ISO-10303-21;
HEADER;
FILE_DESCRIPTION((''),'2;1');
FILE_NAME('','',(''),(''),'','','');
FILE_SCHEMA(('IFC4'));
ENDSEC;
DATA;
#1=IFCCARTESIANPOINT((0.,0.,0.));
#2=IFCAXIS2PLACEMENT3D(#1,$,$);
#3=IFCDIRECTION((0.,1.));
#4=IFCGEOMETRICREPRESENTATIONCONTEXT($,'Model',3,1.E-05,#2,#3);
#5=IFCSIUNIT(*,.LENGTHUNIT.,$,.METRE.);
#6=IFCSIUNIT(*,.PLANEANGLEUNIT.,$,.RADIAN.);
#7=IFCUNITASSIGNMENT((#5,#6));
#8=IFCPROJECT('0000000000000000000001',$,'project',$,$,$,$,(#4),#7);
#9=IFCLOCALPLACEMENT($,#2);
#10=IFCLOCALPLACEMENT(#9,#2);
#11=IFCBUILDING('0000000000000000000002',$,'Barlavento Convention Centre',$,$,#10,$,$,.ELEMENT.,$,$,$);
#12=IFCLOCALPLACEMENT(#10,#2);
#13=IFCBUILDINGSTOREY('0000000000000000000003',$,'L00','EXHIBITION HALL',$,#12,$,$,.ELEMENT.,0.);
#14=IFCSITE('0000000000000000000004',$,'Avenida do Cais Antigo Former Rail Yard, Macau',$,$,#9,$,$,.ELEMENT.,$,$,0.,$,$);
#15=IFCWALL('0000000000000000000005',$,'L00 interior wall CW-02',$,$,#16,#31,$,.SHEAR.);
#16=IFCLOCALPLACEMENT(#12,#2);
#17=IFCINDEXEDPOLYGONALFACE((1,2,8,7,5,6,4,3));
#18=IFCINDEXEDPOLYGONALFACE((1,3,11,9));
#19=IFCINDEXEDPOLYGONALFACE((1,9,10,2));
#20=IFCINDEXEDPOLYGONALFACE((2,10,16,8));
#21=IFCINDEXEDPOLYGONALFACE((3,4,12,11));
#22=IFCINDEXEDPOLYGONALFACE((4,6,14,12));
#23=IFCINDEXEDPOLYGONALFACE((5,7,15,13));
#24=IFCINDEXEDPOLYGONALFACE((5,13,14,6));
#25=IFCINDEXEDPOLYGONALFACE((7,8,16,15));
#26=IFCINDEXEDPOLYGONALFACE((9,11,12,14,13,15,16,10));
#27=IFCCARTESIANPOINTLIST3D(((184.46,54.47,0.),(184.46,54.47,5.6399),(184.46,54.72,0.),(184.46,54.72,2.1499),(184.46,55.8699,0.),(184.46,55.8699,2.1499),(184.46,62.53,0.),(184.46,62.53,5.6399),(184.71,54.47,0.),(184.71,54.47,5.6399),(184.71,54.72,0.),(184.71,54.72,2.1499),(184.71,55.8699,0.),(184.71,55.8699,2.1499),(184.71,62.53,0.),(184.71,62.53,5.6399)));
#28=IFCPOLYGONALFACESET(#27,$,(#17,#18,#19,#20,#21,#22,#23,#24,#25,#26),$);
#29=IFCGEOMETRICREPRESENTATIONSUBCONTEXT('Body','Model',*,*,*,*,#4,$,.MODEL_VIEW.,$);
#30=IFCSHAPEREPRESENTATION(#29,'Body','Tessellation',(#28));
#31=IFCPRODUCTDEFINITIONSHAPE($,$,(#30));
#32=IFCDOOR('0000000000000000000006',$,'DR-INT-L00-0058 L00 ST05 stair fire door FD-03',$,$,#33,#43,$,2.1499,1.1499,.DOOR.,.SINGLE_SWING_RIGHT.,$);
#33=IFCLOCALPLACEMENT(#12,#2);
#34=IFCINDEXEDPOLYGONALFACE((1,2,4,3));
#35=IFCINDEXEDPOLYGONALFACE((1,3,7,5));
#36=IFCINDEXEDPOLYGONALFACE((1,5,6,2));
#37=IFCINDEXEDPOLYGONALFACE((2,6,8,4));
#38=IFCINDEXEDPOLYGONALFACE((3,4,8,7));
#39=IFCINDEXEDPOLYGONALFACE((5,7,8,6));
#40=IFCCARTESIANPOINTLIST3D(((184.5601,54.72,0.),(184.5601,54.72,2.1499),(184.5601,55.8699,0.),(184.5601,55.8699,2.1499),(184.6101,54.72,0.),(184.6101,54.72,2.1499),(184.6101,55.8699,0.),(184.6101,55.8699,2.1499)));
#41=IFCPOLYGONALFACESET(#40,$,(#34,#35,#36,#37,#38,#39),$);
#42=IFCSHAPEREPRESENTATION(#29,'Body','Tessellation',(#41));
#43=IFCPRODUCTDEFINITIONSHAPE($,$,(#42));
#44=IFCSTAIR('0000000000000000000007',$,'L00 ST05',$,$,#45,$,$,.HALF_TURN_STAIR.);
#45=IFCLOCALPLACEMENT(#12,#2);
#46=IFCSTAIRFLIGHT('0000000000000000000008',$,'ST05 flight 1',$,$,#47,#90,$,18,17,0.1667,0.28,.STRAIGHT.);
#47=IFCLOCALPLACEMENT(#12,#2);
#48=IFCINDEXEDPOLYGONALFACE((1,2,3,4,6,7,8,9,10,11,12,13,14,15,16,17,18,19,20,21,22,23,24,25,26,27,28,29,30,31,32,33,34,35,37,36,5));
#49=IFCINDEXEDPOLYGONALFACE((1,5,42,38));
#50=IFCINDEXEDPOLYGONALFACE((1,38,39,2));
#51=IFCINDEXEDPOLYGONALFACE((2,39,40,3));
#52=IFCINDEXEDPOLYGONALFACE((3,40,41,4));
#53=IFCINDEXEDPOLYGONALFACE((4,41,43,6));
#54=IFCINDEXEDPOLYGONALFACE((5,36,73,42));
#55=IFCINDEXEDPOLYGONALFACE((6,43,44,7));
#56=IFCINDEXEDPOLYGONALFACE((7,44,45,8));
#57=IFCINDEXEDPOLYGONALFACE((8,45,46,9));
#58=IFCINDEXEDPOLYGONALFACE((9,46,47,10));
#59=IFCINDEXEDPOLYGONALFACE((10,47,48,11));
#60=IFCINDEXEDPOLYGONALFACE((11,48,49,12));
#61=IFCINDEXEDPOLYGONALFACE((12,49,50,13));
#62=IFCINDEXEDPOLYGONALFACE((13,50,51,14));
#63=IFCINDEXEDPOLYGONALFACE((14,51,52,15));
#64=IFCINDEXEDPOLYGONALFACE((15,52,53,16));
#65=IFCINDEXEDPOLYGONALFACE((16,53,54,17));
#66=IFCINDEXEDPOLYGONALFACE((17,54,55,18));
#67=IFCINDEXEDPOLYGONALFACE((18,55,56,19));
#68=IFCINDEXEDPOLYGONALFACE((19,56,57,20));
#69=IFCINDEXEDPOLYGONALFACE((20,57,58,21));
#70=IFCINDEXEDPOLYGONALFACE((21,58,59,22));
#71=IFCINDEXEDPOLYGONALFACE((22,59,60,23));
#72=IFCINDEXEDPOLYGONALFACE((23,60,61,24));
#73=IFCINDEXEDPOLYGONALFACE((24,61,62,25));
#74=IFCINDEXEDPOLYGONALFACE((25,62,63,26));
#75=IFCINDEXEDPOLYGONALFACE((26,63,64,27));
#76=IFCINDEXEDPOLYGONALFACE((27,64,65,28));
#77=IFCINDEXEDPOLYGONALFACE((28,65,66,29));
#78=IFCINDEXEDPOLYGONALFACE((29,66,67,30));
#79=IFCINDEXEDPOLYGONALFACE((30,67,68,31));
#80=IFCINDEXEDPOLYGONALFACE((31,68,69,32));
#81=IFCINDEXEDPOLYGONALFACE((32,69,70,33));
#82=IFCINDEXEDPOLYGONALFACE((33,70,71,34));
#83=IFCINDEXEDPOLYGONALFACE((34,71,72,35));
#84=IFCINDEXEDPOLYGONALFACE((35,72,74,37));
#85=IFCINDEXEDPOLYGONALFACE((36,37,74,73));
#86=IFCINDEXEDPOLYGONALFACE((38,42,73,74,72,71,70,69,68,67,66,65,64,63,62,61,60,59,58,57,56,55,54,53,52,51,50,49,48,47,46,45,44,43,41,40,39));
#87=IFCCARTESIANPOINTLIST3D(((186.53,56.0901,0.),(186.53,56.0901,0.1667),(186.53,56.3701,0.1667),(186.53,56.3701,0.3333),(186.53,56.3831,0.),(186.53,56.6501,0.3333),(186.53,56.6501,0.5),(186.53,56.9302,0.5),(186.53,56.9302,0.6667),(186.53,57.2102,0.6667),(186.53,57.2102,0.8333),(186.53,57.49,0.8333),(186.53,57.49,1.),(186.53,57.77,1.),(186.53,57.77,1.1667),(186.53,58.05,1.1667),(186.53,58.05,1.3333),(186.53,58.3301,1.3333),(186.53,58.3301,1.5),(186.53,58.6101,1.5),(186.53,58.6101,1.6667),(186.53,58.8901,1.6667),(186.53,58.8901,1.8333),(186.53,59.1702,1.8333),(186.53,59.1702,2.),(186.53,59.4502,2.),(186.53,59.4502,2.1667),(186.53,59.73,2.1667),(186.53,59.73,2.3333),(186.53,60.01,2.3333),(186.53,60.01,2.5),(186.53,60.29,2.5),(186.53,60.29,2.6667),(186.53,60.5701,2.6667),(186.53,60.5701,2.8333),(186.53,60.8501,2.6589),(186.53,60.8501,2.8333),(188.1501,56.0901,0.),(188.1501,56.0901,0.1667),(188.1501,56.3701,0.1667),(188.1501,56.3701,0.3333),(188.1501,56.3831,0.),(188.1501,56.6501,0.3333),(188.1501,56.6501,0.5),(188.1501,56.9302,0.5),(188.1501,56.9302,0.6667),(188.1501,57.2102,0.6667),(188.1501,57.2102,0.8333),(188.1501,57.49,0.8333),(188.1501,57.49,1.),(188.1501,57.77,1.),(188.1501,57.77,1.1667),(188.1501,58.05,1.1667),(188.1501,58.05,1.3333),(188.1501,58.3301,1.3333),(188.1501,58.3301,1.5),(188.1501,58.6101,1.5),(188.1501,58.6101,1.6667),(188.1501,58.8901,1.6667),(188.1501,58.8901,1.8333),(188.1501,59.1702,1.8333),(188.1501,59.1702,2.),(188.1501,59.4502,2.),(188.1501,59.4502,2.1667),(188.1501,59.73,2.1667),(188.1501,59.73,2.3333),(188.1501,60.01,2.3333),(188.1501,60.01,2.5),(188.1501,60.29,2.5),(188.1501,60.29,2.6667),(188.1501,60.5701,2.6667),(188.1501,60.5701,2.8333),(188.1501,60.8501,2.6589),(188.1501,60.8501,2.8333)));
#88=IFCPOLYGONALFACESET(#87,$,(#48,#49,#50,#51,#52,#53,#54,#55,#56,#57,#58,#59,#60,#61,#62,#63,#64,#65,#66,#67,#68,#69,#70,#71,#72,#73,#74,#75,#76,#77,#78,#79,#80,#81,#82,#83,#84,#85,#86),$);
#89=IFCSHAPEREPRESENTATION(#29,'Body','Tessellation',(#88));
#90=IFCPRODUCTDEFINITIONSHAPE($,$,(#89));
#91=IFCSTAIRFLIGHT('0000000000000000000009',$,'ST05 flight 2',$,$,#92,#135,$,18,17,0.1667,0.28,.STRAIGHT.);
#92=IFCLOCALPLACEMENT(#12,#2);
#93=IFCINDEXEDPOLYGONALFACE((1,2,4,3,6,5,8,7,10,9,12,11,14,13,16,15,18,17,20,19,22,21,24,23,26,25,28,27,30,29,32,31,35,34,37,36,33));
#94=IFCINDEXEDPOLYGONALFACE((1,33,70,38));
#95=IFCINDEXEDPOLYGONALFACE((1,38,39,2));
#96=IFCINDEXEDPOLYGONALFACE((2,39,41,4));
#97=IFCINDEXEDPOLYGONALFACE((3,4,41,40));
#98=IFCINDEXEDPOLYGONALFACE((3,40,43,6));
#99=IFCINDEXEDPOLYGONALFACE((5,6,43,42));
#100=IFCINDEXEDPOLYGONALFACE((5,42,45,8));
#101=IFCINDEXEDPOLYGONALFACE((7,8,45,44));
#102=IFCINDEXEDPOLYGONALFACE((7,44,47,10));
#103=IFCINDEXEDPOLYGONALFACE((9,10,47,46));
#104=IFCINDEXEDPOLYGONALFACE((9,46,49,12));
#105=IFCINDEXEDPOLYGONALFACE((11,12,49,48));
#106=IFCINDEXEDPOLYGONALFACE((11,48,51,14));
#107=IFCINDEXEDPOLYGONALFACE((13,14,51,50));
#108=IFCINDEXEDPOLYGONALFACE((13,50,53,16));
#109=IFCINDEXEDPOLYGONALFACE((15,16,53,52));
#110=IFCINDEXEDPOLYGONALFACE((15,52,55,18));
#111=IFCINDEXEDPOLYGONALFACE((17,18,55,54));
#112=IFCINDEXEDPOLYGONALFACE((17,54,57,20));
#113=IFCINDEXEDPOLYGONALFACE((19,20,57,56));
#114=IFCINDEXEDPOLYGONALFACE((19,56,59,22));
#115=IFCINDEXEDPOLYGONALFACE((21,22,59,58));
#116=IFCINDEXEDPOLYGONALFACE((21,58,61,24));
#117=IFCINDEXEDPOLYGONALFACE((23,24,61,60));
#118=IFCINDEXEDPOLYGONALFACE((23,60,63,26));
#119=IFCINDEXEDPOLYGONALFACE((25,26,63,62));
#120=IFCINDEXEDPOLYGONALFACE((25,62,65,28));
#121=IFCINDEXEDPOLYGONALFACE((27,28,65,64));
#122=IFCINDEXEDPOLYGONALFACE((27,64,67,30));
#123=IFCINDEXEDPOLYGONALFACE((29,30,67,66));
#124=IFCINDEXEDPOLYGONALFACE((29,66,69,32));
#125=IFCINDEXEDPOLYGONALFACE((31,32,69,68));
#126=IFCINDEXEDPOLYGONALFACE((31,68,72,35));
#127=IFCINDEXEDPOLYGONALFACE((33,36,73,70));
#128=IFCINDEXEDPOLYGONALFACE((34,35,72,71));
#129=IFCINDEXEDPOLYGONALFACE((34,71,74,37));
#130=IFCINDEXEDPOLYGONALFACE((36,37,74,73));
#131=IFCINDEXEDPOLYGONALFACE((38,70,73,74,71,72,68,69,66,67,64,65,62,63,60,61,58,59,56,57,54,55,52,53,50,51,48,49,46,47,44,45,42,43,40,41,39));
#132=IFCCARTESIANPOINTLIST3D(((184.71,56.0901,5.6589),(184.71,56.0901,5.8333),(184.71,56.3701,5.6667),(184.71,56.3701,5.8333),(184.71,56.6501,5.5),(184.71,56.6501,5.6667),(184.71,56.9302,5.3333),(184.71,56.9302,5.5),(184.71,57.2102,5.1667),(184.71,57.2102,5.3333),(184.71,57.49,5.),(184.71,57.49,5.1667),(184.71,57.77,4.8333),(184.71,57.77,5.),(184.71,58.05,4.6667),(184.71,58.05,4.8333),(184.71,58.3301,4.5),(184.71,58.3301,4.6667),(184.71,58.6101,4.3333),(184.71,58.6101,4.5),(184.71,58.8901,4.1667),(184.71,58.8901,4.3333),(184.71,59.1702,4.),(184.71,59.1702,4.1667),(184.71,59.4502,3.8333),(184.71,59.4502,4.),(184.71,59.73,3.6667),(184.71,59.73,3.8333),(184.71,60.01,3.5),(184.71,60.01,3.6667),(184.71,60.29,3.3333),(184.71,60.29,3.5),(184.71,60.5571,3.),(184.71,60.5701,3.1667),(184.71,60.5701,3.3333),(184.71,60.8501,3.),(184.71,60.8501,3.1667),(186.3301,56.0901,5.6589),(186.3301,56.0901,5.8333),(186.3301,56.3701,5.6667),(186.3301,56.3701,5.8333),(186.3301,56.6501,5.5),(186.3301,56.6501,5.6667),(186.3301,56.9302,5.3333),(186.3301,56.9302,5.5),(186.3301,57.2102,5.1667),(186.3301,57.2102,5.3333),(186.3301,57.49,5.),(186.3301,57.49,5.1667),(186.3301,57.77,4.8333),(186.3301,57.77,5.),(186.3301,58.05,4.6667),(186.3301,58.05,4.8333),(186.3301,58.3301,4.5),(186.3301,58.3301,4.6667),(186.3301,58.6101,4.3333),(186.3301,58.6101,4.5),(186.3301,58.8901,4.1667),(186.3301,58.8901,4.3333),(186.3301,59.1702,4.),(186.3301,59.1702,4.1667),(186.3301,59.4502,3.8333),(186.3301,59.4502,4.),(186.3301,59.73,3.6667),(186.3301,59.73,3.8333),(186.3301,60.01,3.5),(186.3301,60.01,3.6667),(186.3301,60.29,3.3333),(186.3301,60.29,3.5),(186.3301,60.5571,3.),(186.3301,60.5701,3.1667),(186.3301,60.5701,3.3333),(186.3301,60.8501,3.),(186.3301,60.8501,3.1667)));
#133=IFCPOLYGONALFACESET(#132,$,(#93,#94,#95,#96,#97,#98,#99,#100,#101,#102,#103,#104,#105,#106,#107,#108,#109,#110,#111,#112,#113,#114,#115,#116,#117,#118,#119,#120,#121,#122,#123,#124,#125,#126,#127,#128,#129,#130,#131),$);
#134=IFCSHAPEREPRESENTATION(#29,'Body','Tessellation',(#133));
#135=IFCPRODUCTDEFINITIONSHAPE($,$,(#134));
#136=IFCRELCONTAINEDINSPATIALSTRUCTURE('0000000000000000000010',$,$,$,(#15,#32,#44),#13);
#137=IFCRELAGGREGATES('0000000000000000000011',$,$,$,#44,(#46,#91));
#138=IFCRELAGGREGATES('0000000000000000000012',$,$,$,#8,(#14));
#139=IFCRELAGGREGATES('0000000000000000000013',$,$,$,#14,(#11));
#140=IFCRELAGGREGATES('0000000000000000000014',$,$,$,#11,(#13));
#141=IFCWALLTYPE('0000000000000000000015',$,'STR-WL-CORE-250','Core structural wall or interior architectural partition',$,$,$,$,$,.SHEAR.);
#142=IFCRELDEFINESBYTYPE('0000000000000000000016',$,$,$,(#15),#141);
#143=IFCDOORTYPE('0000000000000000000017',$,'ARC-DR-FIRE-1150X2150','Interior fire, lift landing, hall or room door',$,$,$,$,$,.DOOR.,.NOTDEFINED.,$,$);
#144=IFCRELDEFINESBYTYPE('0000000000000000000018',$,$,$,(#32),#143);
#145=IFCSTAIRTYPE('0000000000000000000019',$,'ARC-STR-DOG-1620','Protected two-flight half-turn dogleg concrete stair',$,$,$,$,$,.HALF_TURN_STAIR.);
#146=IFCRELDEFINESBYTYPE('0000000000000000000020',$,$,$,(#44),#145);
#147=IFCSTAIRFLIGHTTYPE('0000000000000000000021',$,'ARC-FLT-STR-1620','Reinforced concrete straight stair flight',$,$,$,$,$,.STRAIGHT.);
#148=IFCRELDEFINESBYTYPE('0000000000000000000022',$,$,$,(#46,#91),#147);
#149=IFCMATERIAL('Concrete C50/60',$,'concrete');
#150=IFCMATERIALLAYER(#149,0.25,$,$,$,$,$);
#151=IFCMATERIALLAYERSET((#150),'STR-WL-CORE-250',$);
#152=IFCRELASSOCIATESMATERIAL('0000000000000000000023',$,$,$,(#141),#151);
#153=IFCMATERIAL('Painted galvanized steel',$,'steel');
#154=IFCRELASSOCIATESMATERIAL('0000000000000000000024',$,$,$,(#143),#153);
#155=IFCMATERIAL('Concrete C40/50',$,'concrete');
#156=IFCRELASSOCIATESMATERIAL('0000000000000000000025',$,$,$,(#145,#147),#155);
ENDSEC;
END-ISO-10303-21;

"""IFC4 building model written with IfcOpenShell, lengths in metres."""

from ifc_helpers import new_model, si_unit, direction, frame, frame_2d, origin, place, context, subcontext, project, spatial, polyline, rectangle, outline, extrude, material, layer, layer_set, type_object, element, fill, aggregate, save


model = new_model("IFC4")

# Units and contexts
model_context = context("Model", 3, precision=1e-05, world=origin(), true_north=direction((0.0, 1.0)))
body_context = subcontext(model_context, "Body", "Model", "MODEL_VIEW")
ifc_project = project(units=[si_unit("LENGTHUNIT", "METRE"), si_unit("PLANEANGLEUNIT", "RADIAN")], contexts=[model_context])

# Site, building, storey
site_placement = place(None, origin())
site = spatial("IfcSite", under=ifc_project, at=site_placement, Name="Avenida do Cais Antigo Former Rail Yard, Macau", CompositionType="ELEMENT", RefElevation=0.0)
building_placement = place(site_placement, origin())
building = spatial("IfcBuilding", under=site, at=building_placement, Name="Barlavento Convention Centre", CompositionType="ELEMENT")
storey_placement = place(building_placement, origin())
storey = spatial("IfcBuildingStorey", under=building, at=storey_placement, Name="L00", Description="EXHIBITION HALL", CompositionType="ELEMENT", Elevation=0.0)

# Shared definitions
ifc_material_1 = material(Name="Concrete C50/60", Category="concrete")
ifc_layer_1 = layer(ifc_material_1, 0.25)
ifc_layer_set_1 = layer_set([ifc_layer_1], Name="STR-WL-CORE-250")
wall_type_1 = type_object("IfcWallType", Name="STR-WL-CORE-250", Description="Core structural wall or interior architectural partition", PredefinedType="SHEAR", material=ifc_layer_set_1)

# Wall, opening, door
wall_1_placement = place(storey_placement, frame((184.585, 54.47, 0.0), z_axis=(0.0, 0.0, 1.0), x_axis=(0.0, 1.0, 0.0)))
wall_1 = element("IfcWall", 1, at=wall_1_placement, inside=storey, type_object=wall_type_1, Name="L00 interior wall CW-02", PredefinedType="SHEAR", context=body_context, shape_type="SweptSolid", body=[
    extrude(rectangle(XDim=8.0601, YDim=0.25, at=frame_2d((4.03, 0.0))), origin(), (0.0, 0.0, 1.0), 5.6399),
])
opening_1_placement = place(wall_1_placement, frame((0.25, 0.0, 0.0)))
opening_1 = element("IfcOpeningElement", 2, at=opening_1_placement, cuts=wall_1, PredefinedType="OPENING", context=body_context, shape_type="SweptSolid", body=[
    extrude(rectangle(XDim=1.1499, YDim=2.1499, at=frame_2d((0.575, 1.075))), frame((0.0, 0.135, 0.0), z_axis=(0.0, -1.0, 0.0), x_axis=(1.0, 0.0, 0.0)), (0.0, 0.0, 1.0), 0.27),
])
ifc_material_2 = material(Name="Painted galvanized steel", Category="steel")
door_type_1 = type_object("IfcDoorType", Name="ARC-DR-FIRE-1150X2150", Description="Interior fire, lift landing, hall or room door", OperationType="NOTDEFINED", PredefinedType="DOOR", material=ifc_material_2)
door_1_placement = place(opening_1_placement, origin())
door_1 = element("IfcDoor", 3, at=door_1_placement, inside=storey, type_object=door_type_1, Name="DR-INT-L00-0058 L00 ST05 stair fire door FD-03", OperationType="SINGLE_SWING_RIGHT", OverallHeight=2.1499, OverallWidth=1.1499, PredefinedType="DOOR", context=body_context, shape_type="SweptSolid", body=[
    extrude(rectangle(XDim=1.1499, YDim=2.1499, at=frame_2d((0.575, 1.075))), frame((0.0, 0.0249, 0.0), z_axis=(0.0, -1.0, 0.0), x_axis=(1.0, 0.0, 0.0)), (0.0, 0.0, 1.0), 0.05),
])
fill(opening_1, door_1)

# Stair, stair flights
ifc_material_3 = material(Name="Concrete C40/50", Category="concrete")
stair_type = type_object("IfcStairType", Name="ARC-STR-DOG-1620", Description="Protected two-flight half-turn dogleg concrete stair", PredefinedType="HALF_TURN_STAIR", material=ifc_material_3)
stair_placement = place(storey_placement, origin())
stair = element("IfcStair", 4, at=stair_placement, inside=storey, type_object=stair_type, Name="L00 ST05", PredefinedType="HALF_TURN_STAIR")
stair_flight_type = type_object("IfcStairFlightType", Name="ARC-FLT-STR-1620", Description="Reinforced concrete straight stair flight", PredefinedType="STRAIGHT", material=ifc_material_3)
stair_flight_1_placement = place(storey_placement, frame((187.3401, 56.0901, 0.0), z_axis=(0.0, 0.0, 1.0), x_axis=(0.0, 1.0, 0.0)))
stair_flight_1 = element("IfcStairFlight", 5, at=stair_flight_1_placement, type_object=stair_flight_type, Name="ST05 flight 1", NumberOfRisers=18, NumberOfTreads=17, PredefinedType="STRAIGHT", RiserHeight=0.1667, TreadLength=0.28, context=body_context, shape_type="SweptSolid", body=[
    extrude(outline(polyline([(0.0, 0.0), (0.0, 0.1667), (0.28, 0.1667), (0.28, 0.3333), (0.5601, 0.3333), (0.5601, 0.5), (0.8401, 0.5), (0.8401, 0.6667), (1.1201, 0.6667), (1.1201, 0.8333), (1.3999, 0.8333), (1.3999, 1.0), (1.6799, 1.0), (1.6799, 1.1667), (1.96, 1.1667), (1.96, 1.3333), (2.24, 1.3333), (2.24, 1.5), (2.52, 1.5), (2.52, 1.6667), (2.8, 1.6667), (2.8, 1.8333), (3.0801, 1.8333), (3.0801, 2.0), (3.3601, 2.0), (3.3601, 2.1667), (3.6399, 2.1667), (3.6399, 2.3333), (3.9199, 2.3333), (3.9199, 2.5), (4.2, 2.5), (4.2, 2.6667), (4.48, 2.6667), (4.48, 2.8333), (4.76, 2.8333), (4.76, 3.0), (4.76, 2.6589), (0.293, 0.0), (0.0, 0.0)])), frame((0.0, 0.8101, 0.0), z_axis=(0.0, -1.0, 0.0), x_axis=(1.0, 0.0, 0.0)), (0.0, 0.0, 1.0), 1.6201),
])
stair_flight_2_placement = place(storey_placement, frame((185.52, 60.8501, 3.0), z_axis=(0.0, 0.0, 1.0), x_axis=(0.0, -1.0, 0.0)))
stair_flight_2 = element("IfcStairFlight", 6, at=stair_flight_2_placement, type_object=stair_flight_type, Name="ST05 flight 2", NumberOfRisers=18, NumberOfTreads=17, PredefinedType="STRAIGHT", RiserHeight=0.1667, TreadLength=0.28, context=body_context, shape_type="SweptSolid", body=[
    extrude(outline(polyline([(0.0, 0.0), (0.0, 0.1667), (0.28, 0.1667), (0.28, 0.3333), (0.5601, 0.3333), (0.5601, 0.5), (0.8401, 0.5), (0.8401, 0.6667), (1.1201, 0.6667), (1.1201, 0.8333), (1.3999, 0.8333), (1.3999, 1.0), (1.6799, 1.0), (1.6799, 1.1667), (1.96, 1.1667), (1.96, 1.3333), (2.24, 1.3333), (2.24, 1.5), (2.52, 1.5), (2.52, 1.6667), (2.8, 1.6667), (2.8, 1.8333), (3.0801, 1.8333), (3.0801, 2.0), (3.3601, 2.0), (3.3601, 2.1667), (3.6399, 2.1667), (3.6399, 2.3333), (3.9199, 2.3333), (3.9199, 2.5), (4.2, 2.5), (4.2, 2.6667), (4.48, 2.6667), (4.48, 2.8333), (4.76, 2.8333), (4.76, 3.0), (4.76, 2.6589), (0.293, 0.0), (0.0, 0.0)])), frame((0.0, 0.8101, 0.0), z_axis=(0.0, -1.0, 0.0), x_axis=(1.0, 0.0, 0.0)), (0.0, 0.0, 1.0), 1.6201),
])
aggregate(stair, [stair_flight_1, stair_flight_2])

save(model, "model.ifc")
